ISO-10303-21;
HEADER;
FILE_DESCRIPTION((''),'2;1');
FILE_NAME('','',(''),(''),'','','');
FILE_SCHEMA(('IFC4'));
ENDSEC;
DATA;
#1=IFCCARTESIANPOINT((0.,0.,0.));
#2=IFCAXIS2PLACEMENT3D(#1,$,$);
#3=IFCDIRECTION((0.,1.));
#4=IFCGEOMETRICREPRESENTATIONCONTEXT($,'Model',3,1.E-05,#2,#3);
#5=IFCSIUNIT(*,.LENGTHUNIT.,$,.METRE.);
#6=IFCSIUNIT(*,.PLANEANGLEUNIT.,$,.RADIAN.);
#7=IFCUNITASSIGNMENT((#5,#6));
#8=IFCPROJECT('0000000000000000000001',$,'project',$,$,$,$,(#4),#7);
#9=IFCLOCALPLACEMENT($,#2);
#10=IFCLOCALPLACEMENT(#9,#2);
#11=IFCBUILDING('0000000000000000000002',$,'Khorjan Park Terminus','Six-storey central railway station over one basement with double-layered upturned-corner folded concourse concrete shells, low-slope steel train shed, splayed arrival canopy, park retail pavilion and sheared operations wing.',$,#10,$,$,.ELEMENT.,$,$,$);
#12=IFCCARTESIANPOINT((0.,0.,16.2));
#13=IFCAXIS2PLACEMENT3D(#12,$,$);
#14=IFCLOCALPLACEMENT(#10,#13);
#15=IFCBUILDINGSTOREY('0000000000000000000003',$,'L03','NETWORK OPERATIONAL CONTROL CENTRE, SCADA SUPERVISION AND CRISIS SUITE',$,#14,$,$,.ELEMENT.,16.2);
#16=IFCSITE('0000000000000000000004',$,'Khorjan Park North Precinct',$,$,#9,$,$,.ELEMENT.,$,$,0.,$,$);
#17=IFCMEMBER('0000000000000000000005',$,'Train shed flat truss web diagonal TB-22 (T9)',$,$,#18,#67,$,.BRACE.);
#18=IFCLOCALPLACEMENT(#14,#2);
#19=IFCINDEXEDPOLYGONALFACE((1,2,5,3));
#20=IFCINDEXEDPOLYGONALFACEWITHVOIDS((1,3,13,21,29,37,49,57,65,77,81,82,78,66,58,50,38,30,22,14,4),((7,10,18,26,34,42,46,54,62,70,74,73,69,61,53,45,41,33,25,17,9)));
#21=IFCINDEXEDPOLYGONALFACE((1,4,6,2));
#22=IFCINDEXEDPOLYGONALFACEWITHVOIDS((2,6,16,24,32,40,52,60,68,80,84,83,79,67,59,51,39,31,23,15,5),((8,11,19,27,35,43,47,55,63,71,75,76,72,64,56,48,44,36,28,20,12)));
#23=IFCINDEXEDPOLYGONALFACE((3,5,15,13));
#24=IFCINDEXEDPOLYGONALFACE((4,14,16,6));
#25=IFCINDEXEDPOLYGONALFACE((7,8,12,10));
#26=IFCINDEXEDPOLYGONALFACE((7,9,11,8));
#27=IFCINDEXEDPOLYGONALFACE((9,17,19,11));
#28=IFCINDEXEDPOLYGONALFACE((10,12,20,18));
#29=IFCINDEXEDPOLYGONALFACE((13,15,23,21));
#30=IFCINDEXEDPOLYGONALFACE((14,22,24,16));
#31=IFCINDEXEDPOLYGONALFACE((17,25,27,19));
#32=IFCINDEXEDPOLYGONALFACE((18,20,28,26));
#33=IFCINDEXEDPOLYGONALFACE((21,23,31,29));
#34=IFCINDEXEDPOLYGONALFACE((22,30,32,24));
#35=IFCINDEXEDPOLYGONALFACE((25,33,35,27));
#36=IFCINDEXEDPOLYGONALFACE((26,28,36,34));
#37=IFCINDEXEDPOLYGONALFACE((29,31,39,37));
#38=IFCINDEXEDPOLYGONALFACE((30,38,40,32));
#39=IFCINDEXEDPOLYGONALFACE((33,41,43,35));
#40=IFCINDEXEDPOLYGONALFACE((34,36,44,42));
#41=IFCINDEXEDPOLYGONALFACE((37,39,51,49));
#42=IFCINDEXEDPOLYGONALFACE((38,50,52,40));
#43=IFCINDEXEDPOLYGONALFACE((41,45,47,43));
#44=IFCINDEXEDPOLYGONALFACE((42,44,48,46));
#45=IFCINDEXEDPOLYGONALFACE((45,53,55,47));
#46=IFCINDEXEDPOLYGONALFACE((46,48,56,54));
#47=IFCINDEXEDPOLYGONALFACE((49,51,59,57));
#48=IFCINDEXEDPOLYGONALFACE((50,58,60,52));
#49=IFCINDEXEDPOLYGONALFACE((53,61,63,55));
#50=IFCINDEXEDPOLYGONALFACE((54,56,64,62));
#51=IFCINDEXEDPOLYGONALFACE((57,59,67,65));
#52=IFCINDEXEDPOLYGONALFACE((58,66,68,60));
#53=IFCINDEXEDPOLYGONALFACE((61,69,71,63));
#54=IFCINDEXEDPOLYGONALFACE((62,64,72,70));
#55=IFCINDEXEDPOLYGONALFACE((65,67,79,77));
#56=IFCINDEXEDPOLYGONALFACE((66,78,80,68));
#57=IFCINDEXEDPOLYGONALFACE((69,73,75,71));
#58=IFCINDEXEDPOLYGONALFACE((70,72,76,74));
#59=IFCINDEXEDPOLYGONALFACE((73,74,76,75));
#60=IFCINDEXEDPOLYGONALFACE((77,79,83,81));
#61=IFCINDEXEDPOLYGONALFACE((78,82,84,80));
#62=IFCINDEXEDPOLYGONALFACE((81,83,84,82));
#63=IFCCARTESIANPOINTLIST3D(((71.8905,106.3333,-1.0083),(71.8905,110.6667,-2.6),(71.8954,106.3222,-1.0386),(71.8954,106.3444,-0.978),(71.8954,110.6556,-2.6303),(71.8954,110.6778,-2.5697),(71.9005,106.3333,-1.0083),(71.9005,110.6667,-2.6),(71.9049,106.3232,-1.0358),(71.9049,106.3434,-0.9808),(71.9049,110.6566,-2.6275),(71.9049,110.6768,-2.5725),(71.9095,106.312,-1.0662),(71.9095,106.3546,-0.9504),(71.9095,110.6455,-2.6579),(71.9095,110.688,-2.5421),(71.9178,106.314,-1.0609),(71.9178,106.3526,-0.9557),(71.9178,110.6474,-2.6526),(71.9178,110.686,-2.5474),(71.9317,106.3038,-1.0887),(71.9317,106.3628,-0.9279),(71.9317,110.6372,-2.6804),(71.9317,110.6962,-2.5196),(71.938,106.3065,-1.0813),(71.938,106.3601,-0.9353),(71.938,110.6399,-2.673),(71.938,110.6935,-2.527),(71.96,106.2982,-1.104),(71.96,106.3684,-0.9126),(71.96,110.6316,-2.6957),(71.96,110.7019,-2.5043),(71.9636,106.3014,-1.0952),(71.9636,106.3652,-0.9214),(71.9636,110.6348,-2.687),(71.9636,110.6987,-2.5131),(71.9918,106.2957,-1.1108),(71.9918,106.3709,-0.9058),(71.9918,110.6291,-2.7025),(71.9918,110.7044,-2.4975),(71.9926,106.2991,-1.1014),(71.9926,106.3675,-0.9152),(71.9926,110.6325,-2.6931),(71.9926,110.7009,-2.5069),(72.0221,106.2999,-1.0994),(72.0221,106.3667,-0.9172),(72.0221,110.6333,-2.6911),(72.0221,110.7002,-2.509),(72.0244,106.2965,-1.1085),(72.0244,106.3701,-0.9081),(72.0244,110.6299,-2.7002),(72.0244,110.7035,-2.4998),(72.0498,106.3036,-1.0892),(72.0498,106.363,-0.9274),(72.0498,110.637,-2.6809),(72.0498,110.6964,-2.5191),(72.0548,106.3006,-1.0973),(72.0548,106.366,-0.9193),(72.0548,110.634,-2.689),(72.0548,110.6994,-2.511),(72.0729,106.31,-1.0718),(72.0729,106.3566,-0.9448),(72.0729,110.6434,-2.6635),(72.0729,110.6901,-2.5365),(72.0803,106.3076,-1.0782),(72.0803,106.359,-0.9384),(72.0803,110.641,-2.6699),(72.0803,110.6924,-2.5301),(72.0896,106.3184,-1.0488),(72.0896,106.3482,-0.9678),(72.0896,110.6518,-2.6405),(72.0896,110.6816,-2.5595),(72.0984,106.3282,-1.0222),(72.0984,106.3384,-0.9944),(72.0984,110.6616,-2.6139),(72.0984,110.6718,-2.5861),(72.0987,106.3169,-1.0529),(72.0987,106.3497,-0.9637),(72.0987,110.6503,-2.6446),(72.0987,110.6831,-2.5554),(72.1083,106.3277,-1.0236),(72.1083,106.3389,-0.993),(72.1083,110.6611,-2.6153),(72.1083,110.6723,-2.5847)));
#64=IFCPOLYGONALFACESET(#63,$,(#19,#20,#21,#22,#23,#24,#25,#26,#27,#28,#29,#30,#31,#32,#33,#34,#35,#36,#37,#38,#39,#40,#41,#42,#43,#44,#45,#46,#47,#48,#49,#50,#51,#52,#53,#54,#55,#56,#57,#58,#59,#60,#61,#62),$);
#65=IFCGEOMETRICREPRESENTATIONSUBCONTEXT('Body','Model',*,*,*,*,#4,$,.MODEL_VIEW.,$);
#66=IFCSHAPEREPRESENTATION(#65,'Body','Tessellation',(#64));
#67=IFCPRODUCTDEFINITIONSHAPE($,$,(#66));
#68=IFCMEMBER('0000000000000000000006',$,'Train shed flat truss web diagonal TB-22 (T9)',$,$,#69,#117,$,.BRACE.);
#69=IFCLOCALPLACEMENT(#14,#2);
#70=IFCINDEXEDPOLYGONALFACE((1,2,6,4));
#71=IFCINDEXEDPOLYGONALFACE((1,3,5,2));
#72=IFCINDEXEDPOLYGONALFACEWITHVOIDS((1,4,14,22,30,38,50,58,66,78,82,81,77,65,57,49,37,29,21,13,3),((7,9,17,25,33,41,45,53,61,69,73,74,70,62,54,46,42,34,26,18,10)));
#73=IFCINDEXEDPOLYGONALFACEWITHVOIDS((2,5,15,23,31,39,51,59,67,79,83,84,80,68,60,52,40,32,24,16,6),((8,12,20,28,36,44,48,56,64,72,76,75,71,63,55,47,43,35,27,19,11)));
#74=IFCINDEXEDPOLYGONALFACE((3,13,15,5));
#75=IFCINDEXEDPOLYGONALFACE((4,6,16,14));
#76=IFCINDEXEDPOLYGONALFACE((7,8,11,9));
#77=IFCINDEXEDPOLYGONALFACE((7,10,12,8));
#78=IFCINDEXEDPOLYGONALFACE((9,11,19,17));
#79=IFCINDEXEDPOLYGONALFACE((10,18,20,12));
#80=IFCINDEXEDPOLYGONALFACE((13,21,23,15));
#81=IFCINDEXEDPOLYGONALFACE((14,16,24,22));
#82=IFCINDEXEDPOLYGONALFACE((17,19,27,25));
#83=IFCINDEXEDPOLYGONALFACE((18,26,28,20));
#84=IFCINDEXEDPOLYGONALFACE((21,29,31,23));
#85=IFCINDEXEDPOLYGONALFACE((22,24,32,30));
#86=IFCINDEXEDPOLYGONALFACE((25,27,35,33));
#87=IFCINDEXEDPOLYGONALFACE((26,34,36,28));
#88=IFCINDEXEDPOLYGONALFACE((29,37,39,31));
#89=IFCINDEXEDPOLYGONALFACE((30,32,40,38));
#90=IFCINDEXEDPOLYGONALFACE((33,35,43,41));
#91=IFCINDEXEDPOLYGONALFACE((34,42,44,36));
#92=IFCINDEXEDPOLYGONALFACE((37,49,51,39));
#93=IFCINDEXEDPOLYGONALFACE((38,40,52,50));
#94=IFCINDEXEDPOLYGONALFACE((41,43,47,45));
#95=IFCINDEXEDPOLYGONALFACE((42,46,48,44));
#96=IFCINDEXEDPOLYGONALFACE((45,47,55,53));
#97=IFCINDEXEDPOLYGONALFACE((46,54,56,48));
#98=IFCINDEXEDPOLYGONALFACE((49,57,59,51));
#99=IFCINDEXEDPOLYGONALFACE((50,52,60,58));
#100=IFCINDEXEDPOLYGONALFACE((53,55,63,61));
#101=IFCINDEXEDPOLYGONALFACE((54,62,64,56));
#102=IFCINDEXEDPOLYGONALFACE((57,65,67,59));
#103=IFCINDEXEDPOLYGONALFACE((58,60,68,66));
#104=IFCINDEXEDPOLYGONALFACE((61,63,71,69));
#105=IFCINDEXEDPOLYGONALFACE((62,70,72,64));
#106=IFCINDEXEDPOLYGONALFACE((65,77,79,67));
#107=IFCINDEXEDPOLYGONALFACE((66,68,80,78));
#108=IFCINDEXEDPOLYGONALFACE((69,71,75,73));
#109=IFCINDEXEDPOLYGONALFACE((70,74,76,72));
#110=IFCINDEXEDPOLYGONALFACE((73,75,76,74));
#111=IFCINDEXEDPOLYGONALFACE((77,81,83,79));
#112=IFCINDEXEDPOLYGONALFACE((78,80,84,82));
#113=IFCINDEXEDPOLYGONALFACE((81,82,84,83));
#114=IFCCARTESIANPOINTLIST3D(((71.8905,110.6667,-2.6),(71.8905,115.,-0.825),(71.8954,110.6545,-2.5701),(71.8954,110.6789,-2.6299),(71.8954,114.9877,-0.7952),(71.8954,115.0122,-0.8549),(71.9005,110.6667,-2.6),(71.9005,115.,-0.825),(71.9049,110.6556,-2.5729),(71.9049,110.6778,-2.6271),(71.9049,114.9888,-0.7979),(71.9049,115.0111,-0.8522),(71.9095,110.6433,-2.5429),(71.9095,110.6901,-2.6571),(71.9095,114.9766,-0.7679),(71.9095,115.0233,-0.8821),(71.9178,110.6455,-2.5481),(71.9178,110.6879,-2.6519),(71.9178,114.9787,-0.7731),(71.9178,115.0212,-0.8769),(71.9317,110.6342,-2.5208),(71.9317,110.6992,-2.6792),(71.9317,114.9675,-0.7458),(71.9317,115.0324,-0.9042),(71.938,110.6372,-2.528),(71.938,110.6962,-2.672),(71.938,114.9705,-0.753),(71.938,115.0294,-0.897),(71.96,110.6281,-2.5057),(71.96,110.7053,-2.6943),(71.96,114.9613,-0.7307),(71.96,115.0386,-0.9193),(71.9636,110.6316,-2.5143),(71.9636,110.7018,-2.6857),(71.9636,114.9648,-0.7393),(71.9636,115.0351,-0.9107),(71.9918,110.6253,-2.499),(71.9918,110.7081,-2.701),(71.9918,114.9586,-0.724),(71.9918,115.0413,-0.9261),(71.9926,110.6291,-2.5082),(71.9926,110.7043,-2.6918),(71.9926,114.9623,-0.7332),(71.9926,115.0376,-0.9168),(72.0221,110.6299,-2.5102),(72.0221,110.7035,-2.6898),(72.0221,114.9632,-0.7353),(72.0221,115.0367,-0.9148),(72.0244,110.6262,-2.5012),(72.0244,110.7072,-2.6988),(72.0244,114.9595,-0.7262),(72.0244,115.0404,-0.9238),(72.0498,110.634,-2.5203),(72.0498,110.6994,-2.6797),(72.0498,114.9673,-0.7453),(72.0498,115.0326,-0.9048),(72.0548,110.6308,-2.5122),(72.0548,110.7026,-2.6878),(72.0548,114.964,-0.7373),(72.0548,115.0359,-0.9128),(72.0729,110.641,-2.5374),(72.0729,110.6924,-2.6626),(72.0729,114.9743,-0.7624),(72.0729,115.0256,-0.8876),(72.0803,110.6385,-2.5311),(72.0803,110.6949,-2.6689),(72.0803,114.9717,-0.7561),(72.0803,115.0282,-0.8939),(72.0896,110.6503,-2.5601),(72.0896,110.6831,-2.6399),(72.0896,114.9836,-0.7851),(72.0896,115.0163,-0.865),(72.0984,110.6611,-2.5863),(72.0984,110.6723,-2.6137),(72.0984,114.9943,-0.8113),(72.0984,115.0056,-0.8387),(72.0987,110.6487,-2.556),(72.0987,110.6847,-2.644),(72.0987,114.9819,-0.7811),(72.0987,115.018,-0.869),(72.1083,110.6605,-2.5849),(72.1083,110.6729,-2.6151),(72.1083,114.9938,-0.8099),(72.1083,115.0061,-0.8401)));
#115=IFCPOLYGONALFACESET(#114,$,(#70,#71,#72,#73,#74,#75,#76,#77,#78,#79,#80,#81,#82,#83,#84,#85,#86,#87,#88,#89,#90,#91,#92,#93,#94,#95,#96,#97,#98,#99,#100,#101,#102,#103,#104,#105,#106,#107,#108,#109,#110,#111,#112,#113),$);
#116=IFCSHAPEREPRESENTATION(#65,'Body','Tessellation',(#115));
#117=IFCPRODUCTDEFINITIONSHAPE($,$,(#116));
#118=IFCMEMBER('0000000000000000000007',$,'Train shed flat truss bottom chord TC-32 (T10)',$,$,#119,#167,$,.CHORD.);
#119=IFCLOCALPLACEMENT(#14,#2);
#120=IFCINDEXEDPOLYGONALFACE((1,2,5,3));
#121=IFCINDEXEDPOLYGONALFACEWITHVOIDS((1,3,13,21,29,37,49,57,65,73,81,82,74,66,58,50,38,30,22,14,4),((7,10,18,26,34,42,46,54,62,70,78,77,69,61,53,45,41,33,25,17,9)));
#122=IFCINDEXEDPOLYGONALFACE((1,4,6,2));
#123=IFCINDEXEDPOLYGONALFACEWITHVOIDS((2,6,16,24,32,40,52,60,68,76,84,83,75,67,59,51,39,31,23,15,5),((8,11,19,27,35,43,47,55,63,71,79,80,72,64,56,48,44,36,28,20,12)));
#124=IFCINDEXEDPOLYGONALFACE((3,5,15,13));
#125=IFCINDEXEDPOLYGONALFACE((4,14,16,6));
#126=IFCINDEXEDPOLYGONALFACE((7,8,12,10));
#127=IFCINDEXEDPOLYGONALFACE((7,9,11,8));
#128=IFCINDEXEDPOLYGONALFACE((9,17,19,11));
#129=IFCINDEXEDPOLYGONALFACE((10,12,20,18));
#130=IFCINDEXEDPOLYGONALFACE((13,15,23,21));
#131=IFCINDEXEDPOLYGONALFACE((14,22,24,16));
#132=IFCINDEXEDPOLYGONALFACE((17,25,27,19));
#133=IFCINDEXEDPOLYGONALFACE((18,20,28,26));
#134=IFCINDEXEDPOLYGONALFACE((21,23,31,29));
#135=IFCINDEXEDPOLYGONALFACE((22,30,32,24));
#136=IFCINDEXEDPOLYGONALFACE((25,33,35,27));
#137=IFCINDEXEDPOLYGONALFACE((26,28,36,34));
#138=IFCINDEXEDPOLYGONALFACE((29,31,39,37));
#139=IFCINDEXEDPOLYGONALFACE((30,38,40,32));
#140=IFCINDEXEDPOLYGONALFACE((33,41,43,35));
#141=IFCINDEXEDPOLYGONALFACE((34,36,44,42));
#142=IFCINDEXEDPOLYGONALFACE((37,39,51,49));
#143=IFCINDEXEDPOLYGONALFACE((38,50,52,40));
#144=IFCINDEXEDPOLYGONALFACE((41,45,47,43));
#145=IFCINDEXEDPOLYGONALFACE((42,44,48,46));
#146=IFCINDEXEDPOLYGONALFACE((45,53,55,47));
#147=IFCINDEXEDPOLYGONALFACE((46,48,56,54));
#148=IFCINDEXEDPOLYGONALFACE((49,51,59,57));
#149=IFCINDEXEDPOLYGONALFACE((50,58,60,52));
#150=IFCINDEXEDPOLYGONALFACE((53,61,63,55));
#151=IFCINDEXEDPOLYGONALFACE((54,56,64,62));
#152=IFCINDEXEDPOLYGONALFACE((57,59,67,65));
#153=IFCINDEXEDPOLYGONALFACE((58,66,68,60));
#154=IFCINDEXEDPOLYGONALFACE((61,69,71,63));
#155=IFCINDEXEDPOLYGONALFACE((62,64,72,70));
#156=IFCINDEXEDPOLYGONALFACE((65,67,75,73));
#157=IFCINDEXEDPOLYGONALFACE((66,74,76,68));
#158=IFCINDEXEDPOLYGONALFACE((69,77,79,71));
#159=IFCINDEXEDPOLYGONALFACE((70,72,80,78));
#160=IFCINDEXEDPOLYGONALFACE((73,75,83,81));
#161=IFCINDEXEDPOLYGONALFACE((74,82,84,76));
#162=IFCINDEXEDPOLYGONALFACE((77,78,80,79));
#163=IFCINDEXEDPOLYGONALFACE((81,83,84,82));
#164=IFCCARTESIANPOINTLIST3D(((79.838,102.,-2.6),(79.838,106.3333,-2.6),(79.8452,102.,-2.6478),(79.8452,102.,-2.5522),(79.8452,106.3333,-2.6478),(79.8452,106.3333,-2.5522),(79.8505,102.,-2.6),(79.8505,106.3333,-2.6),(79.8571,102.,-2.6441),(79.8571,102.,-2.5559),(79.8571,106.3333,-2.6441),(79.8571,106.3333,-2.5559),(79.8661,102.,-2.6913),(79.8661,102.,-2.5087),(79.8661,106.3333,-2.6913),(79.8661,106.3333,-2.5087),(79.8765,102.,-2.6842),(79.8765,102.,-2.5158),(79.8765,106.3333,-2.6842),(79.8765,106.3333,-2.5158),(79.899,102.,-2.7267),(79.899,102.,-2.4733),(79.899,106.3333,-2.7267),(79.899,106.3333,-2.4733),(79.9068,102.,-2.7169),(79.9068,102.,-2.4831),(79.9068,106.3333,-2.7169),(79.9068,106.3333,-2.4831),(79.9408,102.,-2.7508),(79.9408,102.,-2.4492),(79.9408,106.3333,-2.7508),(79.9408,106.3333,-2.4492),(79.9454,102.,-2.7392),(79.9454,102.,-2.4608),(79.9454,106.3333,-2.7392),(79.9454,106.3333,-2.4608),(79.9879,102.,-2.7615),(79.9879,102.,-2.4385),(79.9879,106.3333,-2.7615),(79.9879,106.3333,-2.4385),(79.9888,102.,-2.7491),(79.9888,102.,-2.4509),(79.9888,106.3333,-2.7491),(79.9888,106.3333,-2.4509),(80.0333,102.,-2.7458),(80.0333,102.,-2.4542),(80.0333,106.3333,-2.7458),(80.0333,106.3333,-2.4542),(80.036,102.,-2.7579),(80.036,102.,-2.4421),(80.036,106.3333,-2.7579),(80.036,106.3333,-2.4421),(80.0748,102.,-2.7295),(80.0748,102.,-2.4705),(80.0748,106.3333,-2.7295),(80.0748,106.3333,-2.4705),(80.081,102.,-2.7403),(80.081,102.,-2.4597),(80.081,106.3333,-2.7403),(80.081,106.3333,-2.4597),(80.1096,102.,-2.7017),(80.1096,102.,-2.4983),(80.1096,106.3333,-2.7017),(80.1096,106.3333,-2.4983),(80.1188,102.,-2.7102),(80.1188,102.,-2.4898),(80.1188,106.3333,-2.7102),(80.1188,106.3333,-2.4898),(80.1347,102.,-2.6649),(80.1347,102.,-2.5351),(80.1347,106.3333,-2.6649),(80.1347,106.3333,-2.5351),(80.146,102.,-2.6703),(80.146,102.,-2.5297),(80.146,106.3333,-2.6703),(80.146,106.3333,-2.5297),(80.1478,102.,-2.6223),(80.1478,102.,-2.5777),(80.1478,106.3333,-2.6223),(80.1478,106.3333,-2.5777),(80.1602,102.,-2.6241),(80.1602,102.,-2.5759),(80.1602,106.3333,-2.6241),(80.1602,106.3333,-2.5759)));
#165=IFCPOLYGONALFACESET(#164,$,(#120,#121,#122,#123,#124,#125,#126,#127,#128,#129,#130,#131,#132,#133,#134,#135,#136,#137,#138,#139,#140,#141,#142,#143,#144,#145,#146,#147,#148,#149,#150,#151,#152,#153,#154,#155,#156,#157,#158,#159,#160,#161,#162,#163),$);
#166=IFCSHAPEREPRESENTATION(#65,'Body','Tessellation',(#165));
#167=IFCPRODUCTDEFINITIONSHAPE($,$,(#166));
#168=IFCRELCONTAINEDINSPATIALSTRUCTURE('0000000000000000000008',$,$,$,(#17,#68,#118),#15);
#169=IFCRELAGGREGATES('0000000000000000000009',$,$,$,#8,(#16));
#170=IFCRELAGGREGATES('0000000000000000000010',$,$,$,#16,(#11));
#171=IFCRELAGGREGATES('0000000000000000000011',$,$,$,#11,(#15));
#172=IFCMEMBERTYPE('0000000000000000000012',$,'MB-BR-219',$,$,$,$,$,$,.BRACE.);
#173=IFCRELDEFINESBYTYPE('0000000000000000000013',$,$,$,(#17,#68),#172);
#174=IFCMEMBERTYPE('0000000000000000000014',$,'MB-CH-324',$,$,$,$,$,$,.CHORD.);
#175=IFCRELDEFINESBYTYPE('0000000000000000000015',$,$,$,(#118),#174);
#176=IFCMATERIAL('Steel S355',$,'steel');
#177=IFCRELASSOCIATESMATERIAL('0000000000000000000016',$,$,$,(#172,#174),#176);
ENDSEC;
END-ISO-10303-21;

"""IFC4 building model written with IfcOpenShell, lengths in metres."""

from ifc_helpers import new_model, si_unit, direction, frame, origin, origin_2d, place, context, subcontext, project, spatial, hollow_circle, extrude, material, material_profile, profile_set, type_object, element, save


model = new_model("IFC4")

# Units and contexts
model_context = context("Model", 3, precision=1e-05, world=origin(), true_north=direction((0.0, 1.0)))
body_context = subcontext(model_context, "Body", "Model", "MODEL_VIEW")
ifc_project = project(units=[si_unit("LENGTHUNIT", "METRE"), si_unit("PLANEANGLEUNIT", "RADIAN")], contexts=[model_context])

# Site, building, storey
site_placement = place(None, origin())
site = spatial("IfcSite", under=ifc_project, at=site_placement, Name="Khorjan Park North Precinct", CompositionType="ELEMENT", RefElevation=0.0)
building_placement = place(site_placement, origin())
building = spatial("IfcBuilding", under=site, at=building_placement, Name="Khorjan Park Terminus", Description="Six-storey central railway station over one basement with double-layered upturned-corner folded concourse concrete shells, low-slope steel train shed, splayed arrival canopy, park retail pavilion and sheared operations wing.", CompositionType="ELEMENT")
storey_placement = place(building_placement, frame((0.0, 0.0, 16.2)))
storey = spatial("IfcBuildingStorey", under=building, at=storey_placement, Name="L03", Description="NETWORK OPERATIONAL CONTROL CENTRE, SCADA SUPERVISION AND CRISIS SUITE", CompositionType="ELEMENT", Elevation=16.2)

# Members
ifc_material = material(Name="Steel S355", Category="steel")
ifc_material_profile_1 = material_profile(ifc_material, hollow_circle(Radius=0.1095, WallThickness=0.01, at=origin_2d()), Name="CHS 219.1x10")
ifc_profile_set_1 = profile_set([ifc_material_profile_1], Name="Steel S355")
member_type_1 = type_object("IfcMemberType", Name="MB-BR-219", PredefinedType="BRACE", material=ifc_profile_set_1)
member_1_placement = place(storey_placement, frame((72.0, 106.3333, -1.0083), z_axis=(0.0, 0.938681, -0.344787), x_axis=(-1.0, 0.0, 0.0)))
element("IfcMember", 1, at=member_1_placement, inside=storey, type_object=member_type_1, Name="Train shed flat truss web diagonal TB-22 (T9)", PredefinedType="BRACE", context=body_context, shape_type="SweptSolid", body=[
    extrude(hollow_circle(Radius=0.1095, WallThickness=0.01, at=origin_2d()), origin(), (0.0, 0.0, 1.0), 4.6165),
])
member_2_placement = place(storey_placement, frame((72.0, 110.6667, -2.6), z_axis=(0.0, 0.925376, 0.379051), x_axis=(-1.0, 0.0, 0.0)))
element("IfcMember", 2, at=member_2_placement, inside=storey, type_object=member_type_1, Name="Train shed flat truss web diagonal TB-22 (T9)", PredefinedType="BRACE", context=body_context, shape_type="SweptSolid", body=[
    extrude(hollow_circle(Radius=0.1095, WallThickness=0.01, at=origin_2d()), origin(), (0.0, 0.0, 1.0), 4.6827),
])
ifc_material_profile_2 = material_profile(ifc_material, hollow_circle(Radius=0.162, WallThickness=0.0125, at=origin_2d()), Name="CHS 323.9x12.5")
ifc_profile_set_2 = profile_set([ifc_material_profile_2], Name="Steel S355")
member_type_2 = type_object("IfcMemberType", Name="MB-CH-324", PredefinedType="CHORD", material=ifc_profile_set_2)
member_3_placement = place(storey_placement, frame((80.0, 102.0, -2.6), z_axis=(0.0, 1.0, 0.0), x_axis=(-1.0, 0.0, 0.0)))
element("IfcMember", 3, at=member_3_placement, inside=storey, type_object=member_type_2, Name="Train shed flat truss bottom chord TC-32 (T10)", PredefinedType="CHORD", context=body_context, shape_type="SweptSolid", body=[
    extrude(hollow_circle(Radius=0.162, WallThickness=0.0125, at=origin_2d()), origin(), (0.0, 0.0, 1.0), 4.3333),
])

save(model, "model.ifc")
